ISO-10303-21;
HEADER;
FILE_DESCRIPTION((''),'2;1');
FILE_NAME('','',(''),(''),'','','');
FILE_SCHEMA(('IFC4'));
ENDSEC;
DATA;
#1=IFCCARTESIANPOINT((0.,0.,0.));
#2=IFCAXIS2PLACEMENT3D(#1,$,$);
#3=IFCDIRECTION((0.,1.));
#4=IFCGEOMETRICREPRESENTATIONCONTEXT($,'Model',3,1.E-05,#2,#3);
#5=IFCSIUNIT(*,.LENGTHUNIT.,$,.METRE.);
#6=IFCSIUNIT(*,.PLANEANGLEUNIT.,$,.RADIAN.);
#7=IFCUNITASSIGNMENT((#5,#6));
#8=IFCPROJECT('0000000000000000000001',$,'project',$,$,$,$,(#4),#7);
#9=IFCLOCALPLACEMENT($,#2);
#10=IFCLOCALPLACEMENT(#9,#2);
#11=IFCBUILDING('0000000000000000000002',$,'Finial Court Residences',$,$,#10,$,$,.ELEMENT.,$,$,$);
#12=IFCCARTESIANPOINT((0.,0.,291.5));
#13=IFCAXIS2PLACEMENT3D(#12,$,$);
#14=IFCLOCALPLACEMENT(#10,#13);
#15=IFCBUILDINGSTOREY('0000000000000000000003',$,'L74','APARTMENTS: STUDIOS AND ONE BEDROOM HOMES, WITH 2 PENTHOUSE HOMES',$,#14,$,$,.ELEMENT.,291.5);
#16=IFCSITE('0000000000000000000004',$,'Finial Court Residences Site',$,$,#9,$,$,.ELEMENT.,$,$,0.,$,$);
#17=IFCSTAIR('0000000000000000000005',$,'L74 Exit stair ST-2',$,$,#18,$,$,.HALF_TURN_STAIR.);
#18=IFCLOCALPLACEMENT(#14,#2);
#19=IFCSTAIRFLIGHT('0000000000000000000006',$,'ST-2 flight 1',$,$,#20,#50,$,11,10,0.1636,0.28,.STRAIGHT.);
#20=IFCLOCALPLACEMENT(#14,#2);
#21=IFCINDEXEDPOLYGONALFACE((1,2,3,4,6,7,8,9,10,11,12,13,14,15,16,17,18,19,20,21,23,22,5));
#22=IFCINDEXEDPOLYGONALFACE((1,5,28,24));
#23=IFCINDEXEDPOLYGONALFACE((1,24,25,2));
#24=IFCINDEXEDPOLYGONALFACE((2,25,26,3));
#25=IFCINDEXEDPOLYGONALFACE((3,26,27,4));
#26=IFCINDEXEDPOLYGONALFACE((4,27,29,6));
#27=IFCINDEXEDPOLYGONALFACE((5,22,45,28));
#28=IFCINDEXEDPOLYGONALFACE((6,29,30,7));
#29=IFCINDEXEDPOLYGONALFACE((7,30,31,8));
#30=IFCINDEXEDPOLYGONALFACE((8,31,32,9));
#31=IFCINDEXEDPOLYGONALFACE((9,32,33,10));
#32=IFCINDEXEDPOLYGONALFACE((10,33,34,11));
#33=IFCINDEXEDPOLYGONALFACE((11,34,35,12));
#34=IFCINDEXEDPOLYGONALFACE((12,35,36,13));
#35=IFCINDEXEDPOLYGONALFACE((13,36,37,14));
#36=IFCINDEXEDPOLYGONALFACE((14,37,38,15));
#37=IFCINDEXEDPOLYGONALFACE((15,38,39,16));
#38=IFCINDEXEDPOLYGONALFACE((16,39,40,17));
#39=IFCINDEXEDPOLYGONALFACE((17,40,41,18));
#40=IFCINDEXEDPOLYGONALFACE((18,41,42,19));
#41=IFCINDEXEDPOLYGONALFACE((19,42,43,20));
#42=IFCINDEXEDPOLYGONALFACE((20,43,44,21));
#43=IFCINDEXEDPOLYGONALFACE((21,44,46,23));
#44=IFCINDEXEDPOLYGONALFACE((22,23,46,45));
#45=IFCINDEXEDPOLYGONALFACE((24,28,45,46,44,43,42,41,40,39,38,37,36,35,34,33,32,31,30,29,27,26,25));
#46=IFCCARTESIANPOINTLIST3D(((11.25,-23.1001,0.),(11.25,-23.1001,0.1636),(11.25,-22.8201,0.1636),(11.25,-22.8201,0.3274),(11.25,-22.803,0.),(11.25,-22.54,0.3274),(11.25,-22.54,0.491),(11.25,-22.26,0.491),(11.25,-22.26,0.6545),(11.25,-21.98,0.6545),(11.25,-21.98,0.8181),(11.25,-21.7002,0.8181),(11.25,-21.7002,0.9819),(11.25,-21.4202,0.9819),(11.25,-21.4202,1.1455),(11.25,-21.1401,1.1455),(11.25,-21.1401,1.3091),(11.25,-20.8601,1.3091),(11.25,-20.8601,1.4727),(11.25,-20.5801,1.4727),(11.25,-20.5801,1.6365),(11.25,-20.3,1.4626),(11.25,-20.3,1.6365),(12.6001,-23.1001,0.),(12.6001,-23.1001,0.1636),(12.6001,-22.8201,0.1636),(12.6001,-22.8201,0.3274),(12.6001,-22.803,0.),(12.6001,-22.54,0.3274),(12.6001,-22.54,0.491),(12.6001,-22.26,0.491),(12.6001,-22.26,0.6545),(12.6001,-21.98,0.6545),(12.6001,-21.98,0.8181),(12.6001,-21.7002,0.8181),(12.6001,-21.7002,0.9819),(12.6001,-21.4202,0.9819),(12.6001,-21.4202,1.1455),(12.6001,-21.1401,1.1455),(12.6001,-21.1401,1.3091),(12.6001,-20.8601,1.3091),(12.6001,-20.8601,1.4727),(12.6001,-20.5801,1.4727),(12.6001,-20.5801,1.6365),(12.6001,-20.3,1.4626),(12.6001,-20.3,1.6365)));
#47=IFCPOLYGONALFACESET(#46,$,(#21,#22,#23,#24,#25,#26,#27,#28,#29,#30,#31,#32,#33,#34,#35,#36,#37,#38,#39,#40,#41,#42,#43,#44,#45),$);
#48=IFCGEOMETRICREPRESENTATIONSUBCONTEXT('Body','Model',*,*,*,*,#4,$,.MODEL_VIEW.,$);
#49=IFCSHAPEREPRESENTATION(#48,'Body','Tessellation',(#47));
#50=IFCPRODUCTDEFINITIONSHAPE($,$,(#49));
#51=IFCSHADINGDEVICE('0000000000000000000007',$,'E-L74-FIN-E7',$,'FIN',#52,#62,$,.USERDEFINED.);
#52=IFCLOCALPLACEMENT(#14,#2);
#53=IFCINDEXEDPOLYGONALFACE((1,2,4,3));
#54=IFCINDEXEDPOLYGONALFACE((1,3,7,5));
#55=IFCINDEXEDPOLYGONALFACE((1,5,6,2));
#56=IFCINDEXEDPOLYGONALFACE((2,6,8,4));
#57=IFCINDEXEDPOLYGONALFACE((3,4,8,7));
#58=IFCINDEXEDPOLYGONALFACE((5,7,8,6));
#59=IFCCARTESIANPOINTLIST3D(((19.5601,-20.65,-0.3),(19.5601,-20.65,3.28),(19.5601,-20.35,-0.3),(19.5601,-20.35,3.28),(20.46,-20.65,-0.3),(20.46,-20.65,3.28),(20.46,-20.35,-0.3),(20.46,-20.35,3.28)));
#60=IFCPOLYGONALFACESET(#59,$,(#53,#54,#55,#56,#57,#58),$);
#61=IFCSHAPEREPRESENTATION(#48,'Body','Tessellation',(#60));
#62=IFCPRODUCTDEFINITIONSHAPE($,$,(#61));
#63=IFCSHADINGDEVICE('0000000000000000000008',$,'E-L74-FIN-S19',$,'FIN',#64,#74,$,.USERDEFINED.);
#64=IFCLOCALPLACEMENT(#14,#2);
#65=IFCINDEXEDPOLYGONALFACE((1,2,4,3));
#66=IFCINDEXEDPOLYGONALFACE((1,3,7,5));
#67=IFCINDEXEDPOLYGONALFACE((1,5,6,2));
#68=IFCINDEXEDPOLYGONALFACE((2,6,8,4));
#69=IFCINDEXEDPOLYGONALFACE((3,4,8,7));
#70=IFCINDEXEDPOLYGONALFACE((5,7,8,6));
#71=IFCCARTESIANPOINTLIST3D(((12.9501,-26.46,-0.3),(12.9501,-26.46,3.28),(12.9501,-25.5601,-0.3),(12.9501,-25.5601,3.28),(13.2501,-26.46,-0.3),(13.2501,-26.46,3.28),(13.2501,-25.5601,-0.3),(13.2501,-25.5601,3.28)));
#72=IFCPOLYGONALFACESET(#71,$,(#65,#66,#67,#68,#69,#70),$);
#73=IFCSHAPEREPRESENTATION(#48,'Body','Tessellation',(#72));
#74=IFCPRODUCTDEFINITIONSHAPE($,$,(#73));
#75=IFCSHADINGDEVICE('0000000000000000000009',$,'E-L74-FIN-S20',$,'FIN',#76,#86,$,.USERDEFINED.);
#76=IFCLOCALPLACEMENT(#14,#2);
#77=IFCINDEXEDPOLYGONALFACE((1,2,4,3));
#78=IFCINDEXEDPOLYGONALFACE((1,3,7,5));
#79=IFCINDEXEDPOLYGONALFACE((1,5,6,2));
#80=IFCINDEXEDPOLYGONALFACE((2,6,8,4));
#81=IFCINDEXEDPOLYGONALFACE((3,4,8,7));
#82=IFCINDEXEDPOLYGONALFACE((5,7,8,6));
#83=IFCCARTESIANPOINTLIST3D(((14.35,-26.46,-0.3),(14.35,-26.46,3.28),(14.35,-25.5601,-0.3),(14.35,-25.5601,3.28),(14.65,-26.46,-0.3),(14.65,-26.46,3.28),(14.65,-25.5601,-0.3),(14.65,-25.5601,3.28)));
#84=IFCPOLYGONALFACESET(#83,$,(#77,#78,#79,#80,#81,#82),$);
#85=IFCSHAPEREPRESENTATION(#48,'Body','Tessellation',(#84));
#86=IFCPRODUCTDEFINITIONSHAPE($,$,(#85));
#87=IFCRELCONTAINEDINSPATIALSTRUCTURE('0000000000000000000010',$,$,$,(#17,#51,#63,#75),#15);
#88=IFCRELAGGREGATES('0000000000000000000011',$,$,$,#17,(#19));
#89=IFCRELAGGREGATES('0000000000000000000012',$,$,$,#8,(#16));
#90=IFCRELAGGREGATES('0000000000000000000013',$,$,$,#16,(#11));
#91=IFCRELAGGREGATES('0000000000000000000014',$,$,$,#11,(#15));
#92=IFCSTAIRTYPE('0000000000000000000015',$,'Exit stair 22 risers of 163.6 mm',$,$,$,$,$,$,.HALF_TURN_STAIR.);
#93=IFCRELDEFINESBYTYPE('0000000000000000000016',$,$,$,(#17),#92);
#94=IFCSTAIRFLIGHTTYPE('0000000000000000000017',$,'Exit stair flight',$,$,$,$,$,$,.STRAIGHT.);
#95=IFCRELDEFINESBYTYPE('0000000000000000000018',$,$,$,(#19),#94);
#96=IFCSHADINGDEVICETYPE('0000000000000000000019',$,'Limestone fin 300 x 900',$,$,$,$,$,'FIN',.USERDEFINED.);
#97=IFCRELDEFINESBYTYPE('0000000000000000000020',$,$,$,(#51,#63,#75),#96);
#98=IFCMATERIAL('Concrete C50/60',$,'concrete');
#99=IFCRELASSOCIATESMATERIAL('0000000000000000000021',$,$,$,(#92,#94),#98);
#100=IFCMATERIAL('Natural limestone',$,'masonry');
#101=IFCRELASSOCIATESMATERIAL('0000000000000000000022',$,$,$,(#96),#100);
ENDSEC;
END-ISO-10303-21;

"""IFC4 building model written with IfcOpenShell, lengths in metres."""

from ifc_helpers import new_model, si_unit, direction, frame, origin, origin_2d, place, context, subcontext, project, spatial, polyline, rectangle, outline, extrude, material, type_object, element, aggregate, save


model = new_model("IFC4")

# Units and contexts
model_context = context("Model", 3, precision=1e-05, world=origin(), true_north=direction((0.0, 1.0)))
body_context = subcontext(model_context, "Body", "Model", "MODEL_VIEW")
ifc_project = project(units=[si_unit("LENGTHUNIT", "METRE"), si_unit("PLANEANGLEUNIT", "RADIAN")], contexts=[model_context])

# Site, building, storey
site_placement = place(None, origin())
site = spatial("IfcSite", under=ifc_project, at=site_placement, Name="Finial Court Residences Site", CompositionType="ELEMENT", RefElevation=0.0)
building_placement = place(site_placement, origin())
building = spatial("IfcBuilding", under=site, at=building_placement, Name="Finial Court Residences", CompositionType="ELEMENT")
storey_placement = place(building_placement, frame((0.0, 0.0, 291.5)))
storey = spatial("IfcBuildingStorey", under=building, at=storey_placement, Name="L74", Description="APARTMENTS: STUDIOS AND ONE BEDROOM HOMES, WITH 2 PENTHOUSE HOMES", CompositionType="ELEMENT", Elevation=291.5)

# Shared definitions
ifc_material_1 = material(Name="Concrete C50/60", Category="concrete")

# Shared definitions
ifc_material_2 = material(Name="Natural limestone", Category="masonry")

# Stair, stair flight
stair_type = type_object("IfcStairType", Name="Exit stair 22 risers of 163.6 mm", PredefinedType="HALF_TURN_STAIR", material=ifc_material_1)
stair_placement = place(storey_placement, origin())
stair = element("IfcStair", 1, at=stair_placement, inside=storey, type_object=stair_type, Name="L74 Exit stair ST-2", PredefinedType="HALF_TURN_STAIR")
stair_flight_type = type_object("IfcStairFlightType", Name="Exit stair flight", PredefinedType="STRAIGHT", material=ifc_material_1)
stair_flight_placement = place(storey_placement, frame((11.925, -23.1001, 0.0), z_axis=(0.0, 0.0, 1.0), x_axis=(0.0, 1.0, 0.0)))
stair_flight = element("IfcStairFlight", 2, at=stair_flight_placement, type_object=stair_flight_type, Name="ST-2 flight 1", NumberOfRisers=11, NumberOfTreads=10, PredefinedType="STRAIGHT", RiserHeight=0.1636, TreadLength=0.28, context=body_context, shape_type="SweptSolid", body=[
    extrude(outline(polyline([(0.0, 0.0), (0.0, 0.1636), (0.28, 0.1636), (0.28, 0.3274), (0.5601, 0.3274), (0.5601, 0.491), (0.8401, 0.491), (0.8401, 0.6545), (1.1201, 0.6545), (1.1201, 0.8181), (1.3999, 0.8181), (1.3999, 0.9819), (1.6799, 0.9819), (1.6799, 1.1455), (1.96, 1.1455), (1.96, 1.3091), (2.24, 1.3091), (2.24, 1.4727), (2.52, 1.4727), (2.52, 1.6365), (2.8, 1.6365), (2.8, 1.8), (2.8, 1.4626), (0.2971, 0.0), (0.0, 0.0)])), frame((0.0, 0.675, 0.0), z_axis=(0.0, -1.0, 0.0), x_axis=(1.0, 0.0, 0.0)), (0.0, 0.0, 1.0), 1.3501),
])
aggregate(stair, [stair_flight])

# Shading devices
shading_device_type = type_object("IfcShadingDeviceType", Name="Limestone fin 300 x 900", ElementType="FIN", PredefinedType="USERDEFINED", material=ifc_material_2)
shading_device_placement = place(storey_placement, frame((20.01, -20.5, -0.3), z_axis=(0.0, 0.0, 1.0), x_axis=(1.0, 0.0, 0.0)))
element("IfcShadingDevice", 3, at=shading_device_placement, inside=storey, type_object=shading_device_type, Name="E-L74-FIN-E7", ObjectType="FIN", PredefinedType="USERDEFINED", context=body_context, shape_type="SweptSolid", body=[
    extrude(rectangle(XDim=0.8999, YDim=0.3, at=origin_2d()), origin(), (0.0, 0.0, 1.0), 3.5801),
])
for number, where, z_axis, x_axis, name in (
    (4, (13.1001, -26.01, -0.3), (0.0, 0.0, 1.0), (1.0, 0.0, 0.0), "E-L74-FIN-S19"),
    (5, (14.5, -26.01, -0.3), (0.0, 0.0, 1.0), (1.0, 0.0, 0.0), "E-L74-FIN-S20"),
):
    element("IfcShadingDevice", number, at=place(storey_placement, frame(where, z_axis=z_axis, x_axis=x_axis)), inside=storey, type_object=shading_device_type, Name=name, ObjectType="FIN", PredefinedType="USERDEFINED", context=body_context, shape_type="SweptSolid", body=[
        extrude(rectangle(XDim=0.3, YDim=0.8999, at=origin_2d()), origin(), (0.0, 0.0, 1.0), 3.5801),
    ])

save(model, "model.ifc")
